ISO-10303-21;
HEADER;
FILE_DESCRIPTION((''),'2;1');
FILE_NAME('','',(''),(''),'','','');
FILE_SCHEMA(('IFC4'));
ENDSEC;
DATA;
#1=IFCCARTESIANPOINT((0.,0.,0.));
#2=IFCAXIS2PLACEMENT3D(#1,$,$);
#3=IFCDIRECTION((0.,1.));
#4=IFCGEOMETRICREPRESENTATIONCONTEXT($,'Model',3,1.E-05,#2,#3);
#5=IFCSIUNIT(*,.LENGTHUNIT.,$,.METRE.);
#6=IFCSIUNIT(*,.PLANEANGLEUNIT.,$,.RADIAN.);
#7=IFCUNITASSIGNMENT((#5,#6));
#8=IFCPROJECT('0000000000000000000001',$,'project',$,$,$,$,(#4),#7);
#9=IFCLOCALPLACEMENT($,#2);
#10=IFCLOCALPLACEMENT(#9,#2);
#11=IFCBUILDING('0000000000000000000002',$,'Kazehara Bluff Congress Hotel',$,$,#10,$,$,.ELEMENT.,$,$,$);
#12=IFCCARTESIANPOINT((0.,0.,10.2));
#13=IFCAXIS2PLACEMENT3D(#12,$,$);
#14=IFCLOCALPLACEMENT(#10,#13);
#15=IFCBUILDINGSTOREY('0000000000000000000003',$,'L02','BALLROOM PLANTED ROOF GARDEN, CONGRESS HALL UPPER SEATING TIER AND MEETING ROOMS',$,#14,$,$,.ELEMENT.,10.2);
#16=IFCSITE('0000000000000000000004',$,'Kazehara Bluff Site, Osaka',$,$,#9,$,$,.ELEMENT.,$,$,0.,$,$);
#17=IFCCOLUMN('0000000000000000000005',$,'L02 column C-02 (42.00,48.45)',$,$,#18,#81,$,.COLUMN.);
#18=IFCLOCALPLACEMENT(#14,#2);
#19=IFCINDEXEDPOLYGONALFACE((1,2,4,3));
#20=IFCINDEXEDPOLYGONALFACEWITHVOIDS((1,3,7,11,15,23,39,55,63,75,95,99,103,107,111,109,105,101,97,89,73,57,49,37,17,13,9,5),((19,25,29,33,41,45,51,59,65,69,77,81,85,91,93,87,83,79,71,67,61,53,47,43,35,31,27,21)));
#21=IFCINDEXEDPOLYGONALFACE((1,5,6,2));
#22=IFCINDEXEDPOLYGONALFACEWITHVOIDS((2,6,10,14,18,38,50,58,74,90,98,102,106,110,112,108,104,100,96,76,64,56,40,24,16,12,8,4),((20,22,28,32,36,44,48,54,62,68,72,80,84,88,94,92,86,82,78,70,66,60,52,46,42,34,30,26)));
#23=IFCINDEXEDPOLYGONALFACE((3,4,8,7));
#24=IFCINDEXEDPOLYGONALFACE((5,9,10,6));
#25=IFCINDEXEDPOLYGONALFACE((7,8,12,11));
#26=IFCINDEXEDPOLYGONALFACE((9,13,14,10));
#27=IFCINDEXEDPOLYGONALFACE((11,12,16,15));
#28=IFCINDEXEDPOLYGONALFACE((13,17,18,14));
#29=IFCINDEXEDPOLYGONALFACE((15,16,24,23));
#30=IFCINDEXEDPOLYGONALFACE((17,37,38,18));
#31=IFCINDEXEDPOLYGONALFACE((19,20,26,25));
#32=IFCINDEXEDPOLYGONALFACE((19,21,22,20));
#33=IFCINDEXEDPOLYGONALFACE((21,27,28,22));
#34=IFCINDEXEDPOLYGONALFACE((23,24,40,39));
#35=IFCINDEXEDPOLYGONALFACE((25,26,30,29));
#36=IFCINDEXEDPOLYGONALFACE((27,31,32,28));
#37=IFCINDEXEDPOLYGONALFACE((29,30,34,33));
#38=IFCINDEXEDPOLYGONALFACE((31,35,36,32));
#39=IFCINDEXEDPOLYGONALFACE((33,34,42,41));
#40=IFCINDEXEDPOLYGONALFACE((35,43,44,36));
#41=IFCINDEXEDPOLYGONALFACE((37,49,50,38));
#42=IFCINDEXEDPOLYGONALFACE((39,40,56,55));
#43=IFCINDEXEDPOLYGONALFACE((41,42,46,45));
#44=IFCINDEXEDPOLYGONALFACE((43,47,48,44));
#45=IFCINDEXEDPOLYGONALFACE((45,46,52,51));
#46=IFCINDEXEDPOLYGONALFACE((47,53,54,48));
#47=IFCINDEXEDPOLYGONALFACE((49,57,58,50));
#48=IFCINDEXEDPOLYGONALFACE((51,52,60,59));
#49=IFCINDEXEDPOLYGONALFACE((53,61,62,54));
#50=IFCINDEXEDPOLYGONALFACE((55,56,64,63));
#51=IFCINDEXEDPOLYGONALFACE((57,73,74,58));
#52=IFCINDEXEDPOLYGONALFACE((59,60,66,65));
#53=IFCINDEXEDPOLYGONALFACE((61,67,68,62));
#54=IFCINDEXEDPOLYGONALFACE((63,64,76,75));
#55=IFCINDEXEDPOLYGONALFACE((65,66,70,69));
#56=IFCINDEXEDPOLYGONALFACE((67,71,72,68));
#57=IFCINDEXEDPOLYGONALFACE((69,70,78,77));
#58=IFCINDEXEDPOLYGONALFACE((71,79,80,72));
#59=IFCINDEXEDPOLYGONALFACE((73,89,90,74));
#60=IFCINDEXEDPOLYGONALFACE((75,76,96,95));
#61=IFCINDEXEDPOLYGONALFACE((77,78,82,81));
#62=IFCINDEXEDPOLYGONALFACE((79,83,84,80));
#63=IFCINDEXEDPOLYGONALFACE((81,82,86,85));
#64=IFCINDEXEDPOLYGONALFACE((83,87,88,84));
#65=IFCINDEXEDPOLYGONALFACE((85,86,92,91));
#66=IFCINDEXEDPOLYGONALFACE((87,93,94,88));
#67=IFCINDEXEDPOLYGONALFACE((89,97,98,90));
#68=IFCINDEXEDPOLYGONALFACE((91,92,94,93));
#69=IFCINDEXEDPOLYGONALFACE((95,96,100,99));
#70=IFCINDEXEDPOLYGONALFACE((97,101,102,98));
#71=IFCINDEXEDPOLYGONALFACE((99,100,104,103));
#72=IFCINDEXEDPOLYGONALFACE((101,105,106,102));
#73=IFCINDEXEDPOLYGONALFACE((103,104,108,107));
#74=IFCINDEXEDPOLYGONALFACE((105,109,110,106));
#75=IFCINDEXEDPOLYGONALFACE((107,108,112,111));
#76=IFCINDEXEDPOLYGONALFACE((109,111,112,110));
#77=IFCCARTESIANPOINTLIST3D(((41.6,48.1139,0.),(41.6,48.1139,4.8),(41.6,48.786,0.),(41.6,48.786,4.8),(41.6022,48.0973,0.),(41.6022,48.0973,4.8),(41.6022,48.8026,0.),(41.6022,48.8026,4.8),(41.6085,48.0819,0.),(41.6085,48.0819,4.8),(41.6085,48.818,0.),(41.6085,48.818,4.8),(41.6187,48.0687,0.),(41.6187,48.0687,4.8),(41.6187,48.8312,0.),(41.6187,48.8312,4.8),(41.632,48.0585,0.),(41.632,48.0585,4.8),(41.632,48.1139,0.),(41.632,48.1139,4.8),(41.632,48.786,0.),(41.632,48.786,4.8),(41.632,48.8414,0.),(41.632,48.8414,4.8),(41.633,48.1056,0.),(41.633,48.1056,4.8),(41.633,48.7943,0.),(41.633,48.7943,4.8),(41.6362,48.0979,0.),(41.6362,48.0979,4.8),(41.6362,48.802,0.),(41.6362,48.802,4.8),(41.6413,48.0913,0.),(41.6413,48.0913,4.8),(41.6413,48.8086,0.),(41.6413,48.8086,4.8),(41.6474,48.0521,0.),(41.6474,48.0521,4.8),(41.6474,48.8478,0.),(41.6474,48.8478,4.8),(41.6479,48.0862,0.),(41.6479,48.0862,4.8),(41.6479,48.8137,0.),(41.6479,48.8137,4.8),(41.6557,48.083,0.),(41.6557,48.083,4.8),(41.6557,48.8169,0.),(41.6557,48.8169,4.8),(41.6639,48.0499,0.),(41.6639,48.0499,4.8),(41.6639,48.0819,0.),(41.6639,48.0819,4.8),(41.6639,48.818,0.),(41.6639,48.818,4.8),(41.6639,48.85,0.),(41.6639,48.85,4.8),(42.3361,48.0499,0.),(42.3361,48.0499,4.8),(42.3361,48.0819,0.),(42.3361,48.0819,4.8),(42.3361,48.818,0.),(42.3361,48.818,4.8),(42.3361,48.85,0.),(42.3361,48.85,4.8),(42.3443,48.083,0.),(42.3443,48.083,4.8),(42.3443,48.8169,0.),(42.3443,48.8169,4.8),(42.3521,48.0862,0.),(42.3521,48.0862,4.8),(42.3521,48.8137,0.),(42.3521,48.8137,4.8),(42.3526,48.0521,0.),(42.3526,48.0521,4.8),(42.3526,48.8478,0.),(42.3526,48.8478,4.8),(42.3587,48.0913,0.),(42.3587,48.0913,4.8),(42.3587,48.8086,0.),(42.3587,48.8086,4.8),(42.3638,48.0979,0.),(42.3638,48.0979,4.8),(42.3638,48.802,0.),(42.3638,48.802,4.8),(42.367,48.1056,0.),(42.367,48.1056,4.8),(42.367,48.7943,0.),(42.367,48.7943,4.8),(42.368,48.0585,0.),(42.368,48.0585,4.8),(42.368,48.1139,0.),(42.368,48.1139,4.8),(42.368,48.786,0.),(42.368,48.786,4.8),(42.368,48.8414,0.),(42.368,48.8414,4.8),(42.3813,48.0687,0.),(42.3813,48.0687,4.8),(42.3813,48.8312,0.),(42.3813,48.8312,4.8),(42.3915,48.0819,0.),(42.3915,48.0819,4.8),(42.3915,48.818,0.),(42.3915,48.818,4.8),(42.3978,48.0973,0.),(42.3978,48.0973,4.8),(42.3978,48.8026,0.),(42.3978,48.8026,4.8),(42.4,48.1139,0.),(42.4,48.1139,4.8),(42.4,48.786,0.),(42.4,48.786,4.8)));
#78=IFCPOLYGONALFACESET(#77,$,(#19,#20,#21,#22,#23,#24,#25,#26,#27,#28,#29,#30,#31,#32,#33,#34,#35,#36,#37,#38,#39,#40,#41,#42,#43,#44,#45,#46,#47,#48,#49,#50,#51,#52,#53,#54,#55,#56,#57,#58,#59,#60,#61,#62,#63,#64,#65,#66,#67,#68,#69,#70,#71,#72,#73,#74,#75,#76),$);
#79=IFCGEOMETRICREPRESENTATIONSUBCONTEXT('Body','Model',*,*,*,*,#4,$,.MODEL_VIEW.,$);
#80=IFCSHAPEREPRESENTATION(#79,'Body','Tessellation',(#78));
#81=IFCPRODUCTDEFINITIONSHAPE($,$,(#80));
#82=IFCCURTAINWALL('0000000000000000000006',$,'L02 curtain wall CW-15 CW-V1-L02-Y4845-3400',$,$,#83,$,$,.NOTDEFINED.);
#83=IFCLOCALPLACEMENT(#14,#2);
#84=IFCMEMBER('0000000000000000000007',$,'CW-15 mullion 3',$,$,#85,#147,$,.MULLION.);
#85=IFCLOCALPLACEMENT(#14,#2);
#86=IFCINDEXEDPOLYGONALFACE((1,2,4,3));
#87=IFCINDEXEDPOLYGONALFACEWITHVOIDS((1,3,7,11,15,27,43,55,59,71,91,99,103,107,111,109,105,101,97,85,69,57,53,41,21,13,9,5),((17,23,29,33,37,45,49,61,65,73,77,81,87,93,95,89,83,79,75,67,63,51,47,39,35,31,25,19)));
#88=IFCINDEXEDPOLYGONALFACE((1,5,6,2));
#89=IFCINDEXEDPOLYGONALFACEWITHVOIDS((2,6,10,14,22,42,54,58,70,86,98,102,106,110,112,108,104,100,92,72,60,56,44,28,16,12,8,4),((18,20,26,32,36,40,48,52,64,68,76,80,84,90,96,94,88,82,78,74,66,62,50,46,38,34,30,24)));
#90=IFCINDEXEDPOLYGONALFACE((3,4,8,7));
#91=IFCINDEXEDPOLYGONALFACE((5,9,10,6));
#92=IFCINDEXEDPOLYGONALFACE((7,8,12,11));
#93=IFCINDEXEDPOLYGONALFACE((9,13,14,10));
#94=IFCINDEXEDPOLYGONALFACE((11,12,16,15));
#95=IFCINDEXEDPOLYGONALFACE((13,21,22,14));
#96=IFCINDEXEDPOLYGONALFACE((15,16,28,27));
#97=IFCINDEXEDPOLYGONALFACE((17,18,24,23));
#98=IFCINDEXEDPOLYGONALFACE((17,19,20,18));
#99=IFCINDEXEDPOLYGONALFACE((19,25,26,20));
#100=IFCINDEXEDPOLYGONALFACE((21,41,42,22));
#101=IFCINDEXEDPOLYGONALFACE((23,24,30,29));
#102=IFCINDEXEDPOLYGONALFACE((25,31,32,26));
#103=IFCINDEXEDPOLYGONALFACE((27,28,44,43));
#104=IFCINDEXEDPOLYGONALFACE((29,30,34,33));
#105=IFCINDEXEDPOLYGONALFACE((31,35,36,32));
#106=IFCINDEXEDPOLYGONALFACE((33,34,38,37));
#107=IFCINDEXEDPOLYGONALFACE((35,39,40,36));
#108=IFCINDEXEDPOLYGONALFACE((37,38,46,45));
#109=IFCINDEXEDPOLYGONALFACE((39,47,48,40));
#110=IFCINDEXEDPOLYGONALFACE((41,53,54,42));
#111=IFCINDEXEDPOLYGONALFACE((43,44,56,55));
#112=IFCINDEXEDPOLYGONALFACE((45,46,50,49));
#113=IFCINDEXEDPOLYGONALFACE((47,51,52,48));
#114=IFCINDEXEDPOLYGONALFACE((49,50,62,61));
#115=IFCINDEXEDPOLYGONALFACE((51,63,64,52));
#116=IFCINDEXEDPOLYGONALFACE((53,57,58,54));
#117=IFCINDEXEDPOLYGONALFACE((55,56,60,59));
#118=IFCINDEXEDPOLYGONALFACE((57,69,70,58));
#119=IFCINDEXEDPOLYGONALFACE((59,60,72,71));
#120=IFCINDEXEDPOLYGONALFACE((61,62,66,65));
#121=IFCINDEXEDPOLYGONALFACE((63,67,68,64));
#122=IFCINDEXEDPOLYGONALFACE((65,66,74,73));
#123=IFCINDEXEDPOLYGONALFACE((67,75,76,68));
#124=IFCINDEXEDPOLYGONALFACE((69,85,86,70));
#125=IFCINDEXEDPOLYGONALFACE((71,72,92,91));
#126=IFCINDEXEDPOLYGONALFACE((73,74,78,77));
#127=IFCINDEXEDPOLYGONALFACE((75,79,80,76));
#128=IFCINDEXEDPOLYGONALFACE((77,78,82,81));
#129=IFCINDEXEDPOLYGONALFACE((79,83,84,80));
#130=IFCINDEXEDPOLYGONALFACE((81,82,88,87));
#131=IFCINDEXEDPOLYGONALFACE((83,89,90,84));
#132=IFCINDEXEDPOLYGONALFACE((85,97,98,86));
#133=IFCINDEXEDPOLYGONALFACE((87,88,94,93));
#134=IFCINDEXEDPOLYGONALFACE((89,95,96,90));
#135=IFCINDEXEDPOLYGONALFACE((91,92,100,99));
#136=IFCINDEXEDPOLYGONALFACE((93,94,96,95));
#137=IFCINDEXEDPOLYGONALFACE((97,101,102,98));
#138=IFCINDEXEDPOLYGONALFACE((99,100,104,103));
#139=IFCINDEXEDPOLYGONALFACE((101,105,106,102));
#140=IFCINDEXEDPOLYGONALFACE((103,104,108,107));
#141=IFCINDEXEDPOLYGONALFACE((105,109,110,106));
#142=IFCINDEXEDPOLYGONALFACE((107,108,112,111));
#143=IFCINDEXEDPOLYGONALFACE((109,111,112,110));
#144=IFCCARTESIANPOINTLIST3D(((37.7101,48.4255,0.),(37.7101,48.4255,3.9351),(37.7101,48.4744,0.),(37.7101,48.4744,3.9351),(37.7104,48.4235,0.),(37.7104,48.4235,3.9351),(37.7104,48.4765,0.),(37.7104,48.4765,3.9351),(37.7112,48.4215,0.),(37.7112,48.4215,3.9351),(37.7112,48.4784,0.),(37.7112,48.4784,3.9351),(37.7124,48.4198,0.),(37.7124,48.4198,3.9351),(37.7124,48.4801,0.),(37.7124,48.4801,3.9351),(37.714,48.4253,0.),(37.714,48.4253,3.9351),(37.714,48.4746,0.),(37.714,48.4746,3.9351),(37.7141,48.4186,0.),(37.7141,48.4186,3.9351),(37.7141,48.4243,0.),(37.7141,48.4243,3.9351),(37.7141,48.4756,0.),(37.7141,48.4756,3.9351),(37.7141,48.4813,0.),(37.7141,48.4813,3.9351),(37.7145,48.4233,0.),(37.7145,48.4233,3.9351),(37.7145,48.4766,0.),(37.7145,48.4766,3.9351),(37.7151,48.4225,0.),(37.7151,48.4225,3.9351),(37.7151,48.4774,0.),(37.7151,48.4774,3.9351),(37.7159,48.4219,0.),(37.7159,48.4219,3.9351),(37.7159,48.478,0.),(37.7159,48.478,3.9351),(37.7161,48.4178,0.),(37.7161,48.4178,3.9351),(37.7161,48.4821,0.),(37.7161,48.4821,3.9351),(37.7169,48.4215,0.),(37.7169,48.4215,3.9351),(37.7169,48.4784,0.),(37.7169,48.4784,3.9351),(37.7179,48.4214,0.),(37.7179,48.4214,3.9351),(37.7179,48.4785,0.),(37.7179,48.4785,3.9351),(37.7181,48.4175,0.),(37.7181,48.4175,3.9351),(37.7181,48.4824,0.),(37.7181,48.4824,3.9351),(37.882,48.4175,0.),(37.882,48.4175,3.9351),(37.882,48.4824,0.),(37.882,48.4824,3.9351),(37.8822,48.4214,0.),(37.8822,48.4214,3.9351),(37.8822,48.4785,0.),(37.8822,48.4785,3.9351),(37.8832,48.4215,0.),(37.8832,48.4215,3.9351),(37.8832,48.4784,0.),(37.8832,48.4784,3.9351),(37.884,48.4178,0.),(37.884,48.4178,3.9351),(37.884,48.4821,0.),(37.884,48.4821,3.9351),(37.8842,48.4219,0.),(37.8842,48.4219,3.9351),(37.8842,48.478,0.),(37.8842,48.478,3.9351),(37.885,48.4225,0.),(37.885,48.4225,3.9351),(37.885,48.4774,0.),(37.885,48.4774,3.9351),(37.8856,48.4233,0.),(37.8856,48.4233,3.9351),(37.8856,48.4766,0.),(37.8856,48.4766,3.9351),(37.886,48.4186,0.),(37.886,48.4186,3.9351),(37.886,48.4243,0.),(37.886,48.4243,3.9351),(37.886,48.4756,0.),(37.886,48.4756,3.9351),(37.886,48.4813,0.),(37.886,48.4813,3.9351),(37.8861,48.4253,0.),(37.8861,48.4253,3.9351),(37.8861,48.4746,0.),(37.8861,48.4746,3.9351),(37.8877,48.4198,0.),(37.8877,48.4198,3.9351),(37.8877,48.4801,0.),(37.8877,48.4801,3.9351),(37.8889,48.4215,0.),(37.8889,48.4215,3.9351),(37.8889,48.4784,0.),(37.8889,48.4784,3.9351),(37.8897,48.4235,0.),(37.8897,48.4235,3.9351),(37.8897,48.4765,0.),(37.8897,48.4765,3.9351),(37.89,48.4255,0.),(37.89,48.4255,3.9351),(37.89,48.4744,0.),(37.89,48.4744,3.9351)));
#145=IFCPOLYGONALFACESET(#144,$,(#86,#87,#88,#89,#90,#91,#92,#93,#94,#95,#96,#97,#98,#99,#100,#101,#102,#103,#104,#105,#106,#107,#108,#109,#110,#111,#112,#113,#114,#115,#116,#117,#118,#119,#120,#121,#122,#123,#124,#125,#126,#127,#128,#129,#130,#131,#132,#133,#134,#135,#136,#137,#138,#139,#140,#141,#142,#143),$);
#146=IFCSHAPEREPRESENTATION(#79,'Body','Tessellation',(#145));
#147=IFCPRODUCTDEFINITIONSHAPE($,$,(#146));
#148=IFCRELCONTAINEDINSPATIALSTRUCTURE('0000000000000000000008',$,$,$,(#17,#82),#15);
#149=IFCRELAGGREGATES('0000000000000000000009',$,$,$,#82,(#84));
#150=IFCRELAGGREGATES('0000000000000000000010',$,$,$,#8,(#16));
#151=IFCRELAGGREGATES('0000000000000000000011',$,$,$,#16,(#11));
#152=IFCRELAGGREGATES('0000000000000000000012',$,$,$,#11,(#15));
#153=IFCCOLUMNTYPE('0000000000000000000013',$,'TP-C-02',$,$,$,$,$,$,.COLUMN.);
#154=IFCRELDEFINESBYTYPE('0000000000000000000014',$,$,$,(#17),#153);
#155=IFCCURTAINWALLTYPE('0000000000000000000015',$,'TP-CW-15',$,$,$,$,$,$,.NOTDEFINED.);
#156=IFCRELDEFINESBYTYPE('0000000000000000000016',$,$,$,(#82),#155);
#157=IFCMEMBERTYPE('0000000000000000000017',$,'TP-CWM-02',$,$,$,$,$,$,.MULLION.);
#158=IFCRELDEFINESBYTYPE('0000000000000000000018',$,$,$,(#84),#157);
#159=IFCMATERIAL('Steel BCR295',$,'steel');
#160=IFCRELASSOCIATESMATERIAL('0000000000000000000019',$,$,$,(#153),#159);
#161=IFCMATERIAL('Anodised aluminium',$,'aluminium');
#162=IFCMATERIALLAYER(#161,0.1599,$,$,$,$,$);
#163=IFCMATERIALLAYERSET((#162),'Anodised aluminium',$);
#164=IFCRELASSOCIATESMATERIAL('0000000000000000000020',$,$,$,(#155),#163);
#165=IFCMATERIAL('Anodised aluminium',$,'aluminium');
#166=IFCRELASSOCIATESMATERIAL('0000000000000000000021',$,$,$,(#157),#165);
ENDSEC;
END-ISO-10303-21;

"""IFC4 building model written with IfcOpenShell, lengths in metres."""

from ifc_helpers import new_model, si_unit, direction, frame, origin, origin_2d, place, context, subcontext, project, spatial, hollow_rectangle, extrude, material, layer, layer_set, material_profile, profile_set, type_object, element, aggregate, save


model = new_model("IFC4")

# Units and contexts
model_context = context("Model", 3, precision=1e-05, world=origin(), true_north=direction((0.0, 1.0)))
body_context = subcontext(model_context, "Body", "Model", "MODEL_VIEW")
ifc_project = project(units=[si_unit("LENGTHUNIT", "METRE"), si_unit("PLANEANGLEUNIT", "RADIAN")], contexts=[model_context])

# Site, building, storey
site_placement = place(None, origin())
site = spatial("IfcSite", under=ifc_project, at=site_placement, Name="Kazehara Bluff Site, Osaka", CompositionType="ELEMENT", RefElevation=0.0)
building_placement = place(site_placement, origin())
building = spatial("IfcBuilding", under=site, at=building_placement, Name="Kazehara Bluff Congress Hotel", CompositionType="ELEMENT")
storey_placement = place(building_placement, frame((0.0, 0.0, 10.2)))
storey = spatial("IfcBuildingStorey", under=building, at=storey_placement, Name="L02", Description="BALLROOM PLANTED ROOF GARDEN, CONGRESS HALL UPPER SEATING TIER AND MEETING ROOMS", CompositionType="ELEMENT", Elevation=10.2)

# Column
ifc_material_1 = material(Name="Steel BCR295", Category="steel")
ifc_material_profile_1 = material_profile(ifc_material_1, hollow_rectangle(XDim=0.8, YDim=0.8, WallThickness=0.032, InnerFilletRadius=0.032, OuterFilletRadius=0.064, at=origin_2d()))
ifc_profile_set_1 = profile_set([ifc_material_profile_1], Name="Steel BCR295")
column_type = type_object("IfcColumnType", Name="TP-C-02", PredefinedType="COLUMN", material=ifc_profile_set_1)
column_placement = place(storey_placement, frame((42.0, 48.45, 0.0), z_axis=(0.0, 0.0, 1.0), x_axis=(1.0, 0.0, 0.0)))
element("IfcColumn", 1, at=column_placement, inside=storey, type_object=column_type, Name="L02 column C-02 (42.00,48.45)", PredefinedType="COLUMN", context=body_context, shape_type="SweptSolid", body=[
    extrude(hollow_rectangle(XDim=0.8, YDim=0.8, WallThickness=0.032, InnerFilletRadius=0.032, OuterFilletRadius=0.064, at=origin_2d()), origin(), (0.0, 0.0, 1.0), 4.8),
])

# Curtain wall, member
ifc_material_2 = material(Name="Anodised aluminium", Category="aluminium")
ifc_layer_1 = layer(ifc_material_2, 0.1599)
ifc_layer_set_1 = layer_set([ifc_layer_1], Name="Anodised aluminium")
curtain_wall_type = type_object("IfcCurtainWallType", Name="TP-CW-15", PredefinedType="NOTDEFINED", material=ifc_layer_set_1)
curtain_wall_placement = place(storey_placement, origin())
curtain_wall = element("IfcCurtainWall", 2, at=curtain_wall_placement, inside=storey, type_object=curtain_wall_type, Name="L02 curtain wall CW-15 CW-V1-L02-Y4845-3400", PredefinedType="NOTDEFINED")
ifc_material_3 = material(Name="Anodised aluminium", Category="aluminium")
ifc_material_profile_2 = material_profile(ifc_material_3, hollow_rectangle(XDim=0.0649, YDim=0.1799, WallThickness=0.0039, InnerFilletRadius=0.0039, OuterFilletRadius=0.0081, at=origin_2d()))
ifc_profile_set_2 = profile_set([ifc_material_profile_2], Name="Anodised aluminium")
member_type_1 = type_object("IfcMemberType", Name="TP-CWM-02", PredefinedType="MULLION", material=ifc_profile_set_2)
member_1_placement = place(storey_placement, frame((37.8, 48.45, 0.0), z_axis=(0.0, 0.0, 1.0), x_axis=(0.0, 1.0, 0.0)))
member_1 = element("IfcMember", 3, at=member_1_placement, type_object=member_type_1, Name="CW-15 mullion 3", PredefinedType="MULLION", context=body_context, shape_type="SweptSolid", body=[
    extrude(hollow_rectangle(XDim=0.0649, YDim=0.1799, WallThickness=0.0039, InnerFilletRadius=0.0039, OuterFilletRadius=0.0081, at=origin_2d()), origin(), (0.0, 0.0, 1.0), 3.9351),
])

aggregate(curtain_wall, [member_1])

save(model, "model.ifc")
